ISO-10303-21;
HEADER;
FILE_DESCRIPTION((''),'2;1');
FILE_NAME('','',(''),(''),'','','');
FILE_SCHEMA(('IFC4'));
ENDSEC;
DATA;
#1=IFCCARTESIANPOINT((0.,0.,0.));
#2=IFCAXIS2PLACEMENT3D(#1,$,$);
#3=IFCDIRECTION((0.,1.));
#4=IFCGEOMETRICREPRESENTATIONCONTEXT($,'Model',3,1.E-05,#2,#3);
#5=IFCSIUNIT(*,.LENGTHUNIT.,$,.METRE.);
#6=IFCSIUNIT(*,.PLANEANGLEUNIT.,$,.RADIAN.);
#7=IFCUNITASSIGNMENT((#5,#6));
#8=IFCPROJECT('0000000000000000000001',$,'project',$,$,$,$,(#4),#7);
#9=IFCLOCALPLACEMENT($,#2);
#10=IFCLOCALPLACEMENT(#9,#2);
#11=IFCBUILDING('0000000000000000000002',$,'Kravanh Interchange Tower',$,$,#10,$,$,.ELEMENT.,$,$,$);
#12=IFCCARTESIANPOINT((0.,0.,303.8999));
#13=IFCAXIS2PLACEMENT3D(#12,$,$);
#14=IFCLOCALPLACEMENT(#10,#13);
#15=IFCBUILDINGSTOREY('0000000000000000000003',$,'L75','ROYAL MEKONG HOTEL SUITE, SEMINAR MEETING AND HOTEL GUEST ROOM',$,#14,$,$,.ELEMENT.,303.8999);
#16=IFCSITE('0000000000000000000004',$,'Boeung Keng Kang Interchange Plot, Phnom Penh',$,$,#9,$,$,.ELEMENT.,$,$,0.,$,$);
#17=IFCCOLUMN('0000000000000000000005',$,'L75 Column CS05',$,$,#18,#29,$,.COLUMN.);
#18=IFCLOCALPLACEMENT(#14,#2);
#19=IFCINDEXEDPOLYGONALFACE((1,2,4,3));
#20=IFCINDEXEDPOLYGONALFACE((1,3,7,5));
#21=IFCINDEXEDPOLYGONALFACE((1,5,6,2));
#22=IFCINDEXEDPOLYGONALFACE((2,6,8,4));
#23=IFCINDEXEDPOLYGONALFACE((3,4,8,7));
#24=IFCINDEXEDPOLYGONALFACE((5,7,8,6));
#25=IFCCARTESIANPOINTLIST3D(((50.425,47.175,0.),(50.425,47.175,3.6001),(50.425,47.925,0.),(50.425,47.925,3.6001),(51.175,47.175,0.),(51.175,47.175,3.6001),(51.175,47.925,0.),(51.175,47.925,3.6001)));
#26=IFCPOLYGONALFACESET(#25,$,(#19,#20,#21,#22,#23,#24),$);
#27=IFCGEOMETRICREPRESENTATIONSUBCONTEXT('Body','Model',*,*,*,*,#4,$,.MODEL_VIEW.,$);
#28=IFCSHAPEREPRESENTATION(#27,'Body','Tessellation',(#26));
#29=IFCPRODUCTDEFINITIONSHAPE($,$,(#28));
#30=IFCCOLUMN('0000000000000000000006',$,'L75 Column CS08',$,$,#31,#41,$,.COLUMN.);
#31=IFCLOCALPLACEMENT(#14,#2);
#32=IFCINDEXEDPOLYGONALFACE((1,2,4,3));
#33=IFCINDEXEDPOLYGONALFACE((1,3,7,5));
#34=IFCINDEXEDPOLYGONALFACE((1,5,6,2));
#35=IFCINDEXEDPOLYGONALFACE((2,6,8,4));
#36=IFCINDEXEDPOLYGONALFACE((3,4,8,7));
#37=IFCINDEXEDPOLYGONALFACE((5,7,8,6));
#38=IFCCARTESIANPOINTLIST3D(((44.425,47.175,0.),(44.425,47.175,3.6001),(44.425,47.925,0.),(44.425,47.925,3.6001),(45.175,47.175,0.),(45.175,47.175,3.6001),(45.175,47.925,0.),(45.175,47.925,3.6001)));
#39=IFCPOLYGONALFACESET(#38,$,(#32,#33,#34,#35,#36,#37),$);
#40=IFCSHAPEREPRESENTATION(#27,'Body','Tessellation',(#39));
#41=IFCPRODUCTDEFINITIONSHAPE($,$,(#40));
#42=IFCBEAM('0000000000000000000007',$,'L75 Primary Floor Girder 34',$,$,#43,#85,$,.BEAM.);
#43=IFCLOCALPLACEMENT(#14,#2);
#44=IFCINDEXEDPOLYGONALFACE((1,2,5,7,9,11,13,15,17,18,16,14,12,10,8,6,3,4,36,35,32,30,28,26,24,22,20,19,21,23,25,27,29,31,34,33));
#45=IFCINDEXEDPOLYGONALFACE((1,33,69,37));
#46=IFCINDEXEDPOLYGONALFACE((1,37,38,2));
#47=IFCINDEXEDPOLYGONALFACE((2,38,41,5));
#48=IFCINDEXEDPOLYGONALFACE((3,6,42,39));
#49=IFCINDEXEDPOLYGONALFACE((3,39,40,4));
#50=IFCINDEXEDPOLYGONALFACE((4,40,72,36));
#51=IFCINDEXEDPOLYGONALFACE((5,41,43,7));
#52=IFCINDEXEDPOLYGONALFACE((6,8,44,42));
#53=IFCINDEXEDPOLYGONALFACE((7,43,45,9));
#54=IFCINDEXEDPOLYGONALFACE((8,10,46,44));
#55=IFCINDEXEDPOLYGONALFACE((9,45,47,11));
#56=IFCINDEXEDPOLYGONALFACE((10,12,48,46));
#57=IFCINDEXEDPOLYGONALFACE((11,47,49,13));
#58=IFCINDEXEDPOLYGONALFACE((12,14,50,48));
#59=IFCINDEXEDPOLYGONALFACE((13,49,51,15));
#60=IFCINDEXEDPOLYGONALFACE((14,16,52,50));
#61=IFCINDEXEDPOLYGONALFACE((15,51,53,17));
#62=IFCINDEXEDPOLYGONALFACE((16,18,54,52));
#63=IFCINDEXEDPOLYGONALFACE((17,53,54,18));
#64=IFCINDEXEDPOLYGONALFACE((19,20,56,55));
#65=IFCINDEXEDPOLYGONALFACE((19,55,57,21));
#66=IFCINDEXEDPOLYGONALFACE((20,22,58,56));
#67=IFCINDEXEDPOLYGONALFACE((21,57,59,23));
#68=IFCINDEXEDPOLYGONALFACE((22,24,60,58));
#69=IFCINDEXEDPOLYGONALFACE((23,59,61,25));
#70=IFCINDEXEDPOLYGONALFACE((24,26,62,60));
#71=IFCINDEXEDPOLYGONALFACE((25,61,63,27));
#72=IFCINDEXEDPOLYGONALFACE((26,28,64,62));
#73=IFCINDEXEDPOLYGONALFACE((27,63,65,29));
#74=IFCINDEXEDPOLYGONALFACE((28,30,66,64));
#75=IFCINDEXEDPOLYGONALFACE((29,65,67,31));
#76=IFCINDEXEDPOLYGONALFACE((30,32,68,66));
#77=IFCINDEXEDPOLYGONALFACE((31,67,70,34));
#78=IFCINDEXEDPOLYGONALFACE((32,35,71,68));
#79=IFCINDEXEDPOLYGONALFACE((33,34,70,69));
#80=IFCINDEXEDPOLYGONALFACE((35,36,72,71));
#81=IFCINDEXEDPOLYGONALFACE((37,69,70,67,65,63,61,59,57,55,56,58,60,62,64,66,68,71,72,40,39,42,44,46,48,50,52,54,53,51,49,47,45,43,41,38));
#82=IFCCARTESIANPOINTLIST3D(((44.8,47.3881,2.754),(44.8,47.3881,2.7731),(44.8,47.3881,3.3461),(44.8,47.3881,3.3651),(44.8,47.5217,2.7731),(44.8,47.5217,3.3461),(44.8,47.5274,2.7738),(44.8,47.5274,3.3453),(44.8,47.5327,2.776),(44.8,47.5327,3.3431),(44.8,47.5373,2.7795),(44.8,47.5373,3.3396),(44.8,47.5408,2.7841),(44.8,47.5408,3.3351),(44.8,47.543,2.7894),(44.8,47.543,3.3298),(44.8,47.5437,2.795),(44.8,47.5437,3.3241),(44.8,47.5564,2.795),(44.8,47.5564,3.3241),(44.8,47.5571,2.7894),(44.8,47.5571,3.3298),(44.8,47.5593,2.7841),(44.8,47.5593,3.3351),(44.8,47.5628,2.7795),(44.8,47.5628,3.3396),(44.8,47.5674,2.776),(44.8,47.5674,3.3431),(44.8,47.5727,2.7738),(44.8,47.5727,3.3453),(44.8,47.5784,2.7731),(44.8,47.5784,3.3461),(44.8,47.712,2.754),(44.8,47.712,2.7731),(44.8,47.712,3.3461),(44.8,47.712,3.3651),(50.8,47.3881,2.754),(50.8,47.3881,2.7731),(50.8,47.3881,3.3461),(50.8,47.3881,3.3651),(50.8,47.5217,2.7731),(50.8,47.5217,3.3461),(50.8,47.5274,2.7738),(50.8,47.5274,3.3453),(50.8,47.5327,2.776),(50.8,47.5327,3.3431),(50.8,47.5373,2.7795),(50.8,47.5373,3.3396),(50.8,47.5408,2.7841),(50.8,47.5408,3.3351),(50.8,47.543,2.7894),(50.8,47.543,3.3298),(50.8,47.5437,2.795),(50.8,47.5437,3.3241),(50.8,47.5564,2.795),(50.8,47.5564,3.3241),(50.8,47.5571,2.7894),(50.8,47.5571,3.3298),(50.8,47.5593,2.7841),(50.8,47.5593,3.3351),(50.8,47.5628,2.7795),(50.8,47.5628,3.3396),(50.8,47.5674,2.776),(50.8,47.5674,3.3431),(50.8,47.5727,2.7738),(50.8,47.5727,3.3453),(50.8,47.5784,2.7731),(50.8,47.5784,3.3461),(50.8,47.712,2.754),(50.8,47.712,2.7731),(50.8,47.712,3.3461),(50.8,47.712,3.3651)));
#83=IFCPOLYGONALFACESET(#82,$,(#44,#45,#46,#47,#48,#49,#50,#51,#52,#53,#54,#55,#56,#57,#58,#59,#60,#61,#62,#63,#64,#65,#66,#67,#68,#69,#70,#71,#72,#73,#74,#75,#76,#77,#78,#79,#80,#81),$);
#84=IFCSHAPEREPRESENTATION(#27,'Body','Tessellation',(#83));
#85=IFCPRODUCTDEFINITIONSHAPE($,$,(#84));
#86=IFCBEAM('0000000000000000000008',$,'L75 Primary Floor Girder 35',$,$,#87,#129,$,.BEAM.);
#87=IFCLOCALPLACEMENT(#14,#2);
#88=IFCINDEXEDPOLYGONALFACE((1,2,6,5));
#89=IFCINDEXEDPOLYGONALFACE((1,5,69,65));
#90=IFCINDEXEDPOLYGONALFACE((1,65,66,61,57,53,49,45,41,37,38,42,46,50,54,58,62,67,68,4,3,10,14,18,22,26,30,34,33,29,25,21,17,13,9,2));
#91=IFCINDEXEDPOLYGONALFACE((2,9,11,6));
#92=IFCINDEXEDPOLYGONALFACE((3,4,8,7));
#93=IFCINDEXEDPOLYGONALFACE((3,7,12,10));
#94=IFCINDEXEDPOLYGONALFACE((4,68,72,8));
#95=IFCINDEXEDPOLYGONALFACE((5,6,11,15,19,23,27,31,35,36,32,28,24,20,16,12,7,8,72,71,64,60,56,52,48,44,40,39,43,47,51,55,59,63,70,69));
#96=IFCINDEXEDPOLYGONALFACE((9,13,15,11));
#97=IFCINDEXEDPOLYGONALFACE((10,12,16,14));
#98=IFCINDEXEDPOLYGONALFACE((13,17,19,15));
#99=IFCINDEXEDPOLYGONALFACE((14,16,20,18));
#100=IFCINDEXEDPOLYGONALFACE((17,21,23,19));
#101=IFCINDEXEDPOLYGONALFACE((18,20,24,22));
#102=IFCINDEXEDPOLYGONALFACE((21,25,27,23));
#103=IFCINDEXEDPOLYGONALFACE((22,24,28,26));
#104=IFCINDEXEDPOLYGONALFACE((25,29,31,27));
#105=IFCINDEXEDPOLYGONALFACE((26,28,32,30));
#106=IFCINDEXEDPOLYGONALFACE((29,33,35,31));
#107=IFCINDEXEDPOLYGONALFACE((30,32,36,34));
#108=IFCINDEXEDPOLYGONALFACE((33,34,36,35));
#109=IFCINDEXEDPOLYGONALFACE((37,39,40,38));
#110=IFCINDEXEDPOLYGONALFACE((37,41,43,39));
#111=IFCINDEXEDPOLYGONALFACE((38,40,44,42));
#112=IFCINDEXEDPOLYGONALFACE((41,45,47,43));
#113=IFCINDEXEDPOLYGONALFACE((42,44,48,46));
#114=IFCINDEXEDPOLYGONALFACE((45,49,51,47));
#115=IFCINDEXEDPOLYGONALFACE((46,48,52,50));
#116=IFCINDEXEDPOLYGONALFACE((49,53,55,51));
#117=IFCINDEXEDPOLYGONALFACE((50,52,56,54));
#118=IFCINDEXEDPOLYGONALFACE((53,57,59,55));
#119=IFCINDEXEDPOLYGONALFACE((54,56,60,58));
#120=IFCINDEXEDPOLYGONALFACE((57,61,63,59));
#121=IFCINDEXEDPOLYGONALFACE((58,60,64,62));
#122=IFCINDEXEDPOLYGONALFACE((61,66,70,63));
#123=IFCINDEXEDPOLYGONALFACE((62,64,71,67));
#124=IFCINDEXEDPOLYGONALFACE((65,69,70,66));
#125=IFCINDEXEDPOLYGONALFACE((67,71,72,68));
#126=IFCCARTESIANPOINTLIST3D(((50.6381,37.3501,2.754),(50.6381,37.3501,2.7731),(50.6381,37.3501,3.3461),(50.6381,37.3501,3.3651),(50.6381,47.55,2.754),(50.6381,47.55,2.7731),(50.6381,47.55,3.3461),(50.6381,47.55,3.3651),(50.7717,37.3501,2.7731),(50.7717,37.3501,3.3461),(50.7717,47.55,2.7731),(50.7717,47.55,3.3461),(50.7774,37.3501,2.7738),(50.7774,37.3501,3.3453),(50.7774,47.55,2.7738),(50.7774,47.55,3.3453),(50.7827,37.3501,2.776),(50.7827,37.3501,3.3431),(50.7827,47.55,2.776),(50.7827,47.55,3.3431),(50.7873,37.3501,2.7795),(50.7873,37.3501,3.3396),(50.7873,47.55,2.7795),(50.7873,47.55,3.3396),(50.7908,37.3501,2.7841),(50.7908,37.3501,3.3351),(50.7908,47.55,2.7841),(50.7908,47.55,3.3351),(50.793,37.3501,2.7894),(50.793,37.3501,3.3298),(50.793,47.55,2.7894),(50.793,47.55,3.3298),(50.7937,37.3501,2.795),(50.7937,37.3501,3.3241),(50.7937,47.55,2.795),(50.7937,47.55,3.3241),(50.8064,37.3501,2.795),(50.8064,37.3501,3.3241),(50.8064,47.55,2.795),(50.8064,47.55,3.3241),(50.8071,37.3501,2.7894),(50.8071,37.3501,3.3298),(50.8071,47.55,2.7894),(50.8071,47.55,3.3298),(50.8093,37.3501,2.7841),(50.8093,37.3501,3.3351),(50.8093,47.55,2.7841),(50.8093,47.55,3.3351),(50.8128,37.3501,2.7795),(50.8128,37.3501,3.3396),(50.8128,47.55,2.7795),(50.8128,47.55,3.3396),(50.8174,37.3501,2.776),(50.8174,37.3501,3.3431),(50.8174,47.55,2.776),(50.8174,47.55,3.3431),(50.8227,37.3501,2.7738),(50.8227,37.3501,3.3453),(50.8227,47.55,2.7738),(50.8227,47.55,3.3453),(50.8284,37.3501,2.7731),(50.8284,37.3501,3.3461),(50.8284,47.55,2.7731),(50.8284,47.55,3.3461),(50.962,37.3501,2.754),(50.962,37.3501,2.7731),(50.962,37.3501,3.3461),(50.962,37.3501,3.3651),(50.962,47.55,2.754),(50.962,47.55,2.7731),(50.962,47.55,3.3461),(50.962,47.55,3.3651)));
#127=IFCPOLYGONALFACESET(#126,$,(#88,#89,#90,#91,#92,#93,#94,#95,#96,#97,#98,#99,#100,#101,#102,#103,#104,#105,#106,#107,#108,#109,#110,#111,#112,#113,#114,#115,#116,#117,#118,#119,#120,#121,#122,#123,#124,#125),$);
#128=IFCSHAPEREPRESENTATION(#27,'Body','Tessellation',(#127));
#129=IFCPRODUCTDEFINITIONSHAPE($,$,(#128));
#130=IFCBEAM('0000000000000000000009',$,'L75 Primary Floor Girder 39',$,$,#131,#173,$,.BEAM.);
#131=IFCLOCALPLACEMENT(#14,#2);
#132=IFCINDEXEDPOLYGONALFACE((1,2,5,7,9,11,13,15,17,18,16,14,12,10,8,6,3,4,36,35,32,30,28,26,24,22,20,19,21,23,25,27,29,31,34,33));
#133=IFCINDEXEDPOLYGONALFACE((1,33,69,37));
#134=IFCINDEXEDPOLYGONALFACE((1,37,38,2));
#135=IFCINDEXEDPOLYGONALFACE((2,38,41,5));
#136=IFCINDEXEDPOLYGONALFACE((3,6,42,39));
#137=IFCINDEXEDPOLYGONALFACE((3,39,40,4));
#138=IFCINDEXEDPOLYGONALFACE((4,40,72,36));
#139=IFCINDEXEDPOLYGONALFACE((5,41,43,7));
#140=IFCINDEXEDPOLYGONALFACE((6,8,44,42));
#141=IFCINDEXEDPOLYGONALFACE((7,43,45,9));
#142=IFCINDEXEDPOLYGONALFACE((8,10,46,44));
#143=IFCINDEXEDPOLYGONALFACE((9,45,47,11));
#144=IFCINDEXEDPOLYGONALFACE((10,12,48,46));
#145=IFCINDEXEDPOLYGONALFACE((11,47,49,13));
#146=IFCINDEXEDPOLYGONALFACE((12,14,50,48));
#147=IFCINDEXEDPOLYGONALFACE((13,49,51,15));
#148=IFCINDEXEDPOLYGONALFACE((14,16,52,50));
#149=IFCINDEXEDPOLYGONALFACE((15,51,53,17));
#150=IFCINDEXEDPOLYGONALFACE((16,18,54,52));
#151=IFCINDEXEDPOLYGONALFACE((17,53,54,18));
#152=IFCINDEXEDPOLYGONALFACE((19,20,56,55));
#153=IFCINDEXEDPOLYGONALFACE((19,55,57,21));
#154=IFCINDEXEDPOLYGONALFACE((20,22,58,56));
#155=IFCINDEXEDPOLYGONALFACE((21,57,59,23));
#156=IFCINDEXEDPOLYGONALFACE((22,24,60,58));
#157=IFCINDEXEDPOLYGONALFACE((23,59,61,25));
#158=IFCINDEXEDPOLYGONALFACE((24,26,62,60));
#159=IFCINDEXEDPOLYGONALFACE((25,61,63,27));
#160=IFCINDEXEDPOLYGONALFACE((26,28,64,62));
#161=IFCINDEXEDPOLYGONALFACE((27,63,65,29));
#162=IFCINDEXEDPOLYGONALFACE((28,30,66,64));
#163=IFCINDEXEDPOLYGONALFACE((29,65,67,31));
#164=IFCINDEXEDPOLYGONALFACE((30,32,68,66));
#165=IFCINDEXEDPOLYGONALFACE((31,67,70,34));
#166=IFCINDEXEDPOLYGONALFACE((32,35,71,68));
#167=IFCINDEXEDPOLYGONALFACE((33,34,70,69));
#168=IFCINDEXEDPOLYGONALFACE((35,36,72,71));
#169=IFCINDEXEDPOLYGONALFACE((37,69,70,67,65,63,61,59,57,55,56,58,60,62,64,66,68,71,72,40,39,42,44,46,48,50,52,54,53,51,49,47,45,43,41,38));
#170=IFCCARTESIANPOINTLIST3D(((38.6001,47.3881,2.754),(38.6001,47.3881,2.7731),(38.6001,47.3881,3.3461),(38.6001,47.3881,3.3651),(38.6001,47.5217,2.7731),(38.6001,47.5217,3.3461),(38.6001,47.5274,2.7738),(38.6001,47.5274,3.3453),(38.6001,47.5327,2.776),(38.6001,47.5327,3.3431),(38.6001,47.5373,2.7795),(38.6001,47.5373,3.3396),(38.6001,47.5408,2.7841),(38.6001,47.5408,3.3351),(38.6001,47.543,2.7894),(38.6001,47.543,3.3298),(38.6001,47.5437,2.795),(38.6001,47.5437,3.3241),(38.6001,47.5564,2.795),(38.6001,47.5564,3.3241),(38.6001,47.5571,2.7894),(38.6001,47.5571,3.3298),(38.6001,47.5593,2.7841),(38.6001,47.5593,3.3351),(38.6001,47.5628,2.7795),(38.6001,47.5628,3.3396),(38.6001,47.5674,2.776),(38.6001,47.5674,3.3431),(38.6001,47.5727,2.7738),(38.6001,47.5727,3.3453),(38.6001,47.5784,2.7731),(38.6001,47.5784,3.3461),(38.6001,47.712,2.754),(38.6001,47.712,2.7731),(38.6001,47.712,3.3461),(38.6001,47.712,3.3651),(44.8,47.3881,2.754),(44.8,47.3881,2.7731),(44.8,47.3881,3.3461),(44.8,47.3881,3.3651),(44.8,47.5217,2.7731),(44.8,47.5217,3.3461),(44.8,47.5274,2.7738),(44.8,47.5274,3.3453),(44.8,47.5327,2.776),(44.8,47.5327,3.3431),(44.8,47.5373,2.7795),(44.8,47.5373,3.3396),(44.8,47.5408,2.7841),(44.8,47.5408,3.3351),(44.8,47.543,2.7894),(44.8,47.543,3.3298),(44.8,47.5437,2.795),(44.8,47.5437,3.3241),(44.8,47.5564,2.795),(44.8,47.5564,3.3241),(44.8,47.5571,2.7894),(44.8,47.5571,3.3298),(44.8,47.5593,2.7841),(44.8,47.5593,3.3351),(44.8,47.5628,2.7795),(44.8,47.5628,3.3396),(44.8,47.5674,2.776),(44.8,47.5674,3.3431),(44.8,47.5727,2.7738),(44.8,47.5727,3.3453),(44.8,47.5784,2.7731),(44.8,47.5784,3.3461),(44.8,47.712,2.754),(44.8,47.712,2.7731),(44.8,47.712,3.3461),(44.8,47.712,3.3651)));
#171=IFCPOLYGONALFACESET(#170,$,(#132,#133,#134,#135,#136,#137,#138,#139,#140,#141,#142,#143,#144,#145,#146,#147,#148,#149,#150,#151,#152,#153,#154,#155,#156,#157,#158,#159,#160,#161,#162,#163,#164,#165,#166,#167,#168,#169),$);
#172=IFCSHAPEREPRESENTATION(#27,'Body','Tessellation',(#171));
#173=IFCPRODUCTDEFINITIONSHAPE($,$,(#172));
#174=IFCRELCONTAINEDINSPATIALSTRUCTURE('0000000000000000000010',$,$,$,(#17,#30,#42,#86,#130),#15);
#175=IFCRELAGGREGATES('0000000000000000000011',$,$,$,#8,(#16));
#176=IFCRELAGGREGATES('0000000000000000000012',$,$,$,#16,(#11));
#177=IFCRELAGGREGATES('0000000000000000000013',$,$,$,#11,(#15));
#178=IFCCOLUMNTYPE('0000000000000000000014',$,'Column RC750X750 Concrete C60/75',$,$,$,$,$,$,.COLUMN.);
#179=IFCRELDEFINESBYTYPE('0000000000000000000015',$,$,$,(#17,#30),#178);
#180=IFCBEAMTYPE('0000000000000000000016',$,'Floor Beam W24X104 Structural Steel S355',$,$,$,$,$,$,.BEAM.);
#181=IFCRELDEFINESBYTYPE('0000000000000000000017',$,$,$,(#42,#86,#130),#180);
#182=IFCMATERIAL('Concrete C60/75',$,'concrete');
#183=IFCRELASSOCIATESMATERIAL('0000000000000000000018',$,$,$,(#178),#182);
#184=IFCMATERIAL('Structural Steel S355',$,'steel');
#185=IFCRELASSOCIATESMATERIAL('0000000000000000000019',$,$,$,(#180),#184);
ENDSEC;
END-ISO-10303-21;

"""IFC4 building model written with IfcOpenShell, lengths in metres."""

from ifc_helpers import new_model, si_unit, direction, frame, origin, origin_2d, place, context, subcontext, project, spatial, rectangle, i_section, extrude, material, material_profile, profile_set, type_object, element, save


model = new_model("IFC4")

# Units and contexts
model_context = context("Model", 3, precision=1e-05, world=origin(), true_north=direction((0.0, 1.0)))
body_context = subcontext(model_context, "Body", "Model", "MODEL_VIEW")
ifc_project = project(units=[si_unit("LENGTHUNIT", "METRE"), si_unit("PLANEANGLEUNIT", "RADIAN")], contexts=[model_context])

# Site, building, storey
site_placement = place(None, origin())
site = spatial("IfcSite", under=ifc_project, at=site_placement, Name="Boeung Keng Kang Interchange Plot, Phnom Penh", CompositionType="ELEMENT", RefElevation=0.0)
building_placement = place(site_placement, origin())
building = spatial("IfcBuilding", under=site, at=building_placement, Name="Kravanh Interchange Tower", CompositionType="ELEMENT")
storey_placement = place(building_placement, frame((0.0, 0.0, 303.8999)))
storey = spatial("IfcBuildingStorey", under=building, at=storey_placement, Name="L75", Description="ROYAL MEKONG HOTEL SUITE, SEMINAR MEETING AND HOTEL GUEST ROOM", CompositionType="ELEMENT", Elevation=303.8999)

# Columns
ifc_material_1 = material(Name="Concrete C60/75", Category="concrete")
ifc_material_profile_1 = material_profile(ifc_material_1, rectangle(XDim=0.75, YDim=0.75, at=origin_2d()), Name="RC750X750")
ifc_profile_set_1 = profile_set([ifc_material_profile_1], Name="Concrete C60/75")
column_type = type_object("IfcColumnType", Name="Column RC750X750 Concrete C60/75", PredefinedType="COLUMN", material=ifc_profile_set_1)
for number, where, z_axis, x_axis, name in (
    (1, (50.8, 47.55, 0.0), (0.0, 0.0, 1.0), (1.0, 0.0, 0.0), "L75 Column CS05"),
    (2, (44.8, 47.55, 0.0), (0.0, 0.0, 1.0), (1.0, 0.0, 0.0), "L75 Column CS08"),
):
    element("IfcColumn", number, at=place(storey_placement, frame(where, z_axis=z_axis, x_axis=x_axis)), inside=storey, type_object=column_type, Name=name, PredefinedType="COLUMN", context=body_context, shape_type="SweptSolid", body=[
        extrude(rectangle(XDim=0.75, YDim=0.75, at=origin_2d()), origin(), (0.0, 0.0, 1.0), 3.6001),
    ])

# Beams
ifc_material_2 = material(Name="Structural Steel S355", Category="steel")
ifc_material_profile_2 = material_profile(ifc_material_2, i_section(OverallWidth=0.324, OverallDepth=0.6111, WebThickness=0.0127, FlangeThickness=0.019, FilletRadius=0.022, at=origin_2d()), Name="W24X104")
ifc_profile_set_2 = profile_set([ifc_material_profile_2], Name="Structural Steel S355")
beam_type = type_object("IfcBeamType", Name="Floor Beam W24X104 Structural Steel S355", PredefinedType="BEAM", material=ifc_profile_set_2)
beam_1_placement = place(storey_placement, frame((50.8, 47.55, 3.0596), z_axis=(-1.0, 0.0, 0.0), x_axis=(0.0, -1.0, 0.0)))
element("IfcBeam", 3, at=beam_1_placement, inside=storey, type_object=beam_type, Name="L75 Primary Floor Girder 34", PredefinedType="BEAM", context=body_context, shape_type="SweptSolid", body=[
    extrude(i_section(OverallWidth=0.324, OverallDepth=0.6111, WebThickness=0.0127, FlangeThickness=0.019, FilletRadius=0.022, at=origin_2d()), origin(), (0.0, 0.0, 1.0), 6.0),
])
beam_2_placement = place(storey_placement, frame((50.8, 47.55, 3.0596), z_axis=(0.0, -1.0, 0.0), x_axis=(1.0, 0.0, 0.0)))
element("IfcBeam", 4, at=beam_2_placement, inside=storey, type_object=beam_type, Name="L75 Primary Floor Girder 35", PredefinedType="BEAM", context=body_context, shape_type="SweptSolid", body=[
    extrude(i_section(OverallWidth=0.324, OverallDepth=0.6111, WebThickness=0.0127, FlangeThickness=0.019, FilletRadius=0.022, at=origin_2d()), origin(), (0.0, 0.0, 1.0), 10.2),
])
beam_3_placement = place(storey_placement, frame((44.8, 47.55, 3.0596), z_axis=(-1.0, 0.0, 0.0), x_axis=(0.0, -1.0, 0.0)))
element("IfcBeam", 5, at=beam_3_placement, inside=storey, type_object=beam_type, Name="L75 Primary Floor Girder 39", PredefinedType="BEAM", context=body_context, shape_type="SweptSolid", body=[
    extrude(i_section(OverallWidth=0.324, OverallDepth=0.6111, WebThickness=0.0127, FlangeThickness=0.019, FilletRadius=0.022, at=origin_2d()), origin(), (0.0, 0.0, 1.0), 6.2),
])

save(model, "model.ifc")
